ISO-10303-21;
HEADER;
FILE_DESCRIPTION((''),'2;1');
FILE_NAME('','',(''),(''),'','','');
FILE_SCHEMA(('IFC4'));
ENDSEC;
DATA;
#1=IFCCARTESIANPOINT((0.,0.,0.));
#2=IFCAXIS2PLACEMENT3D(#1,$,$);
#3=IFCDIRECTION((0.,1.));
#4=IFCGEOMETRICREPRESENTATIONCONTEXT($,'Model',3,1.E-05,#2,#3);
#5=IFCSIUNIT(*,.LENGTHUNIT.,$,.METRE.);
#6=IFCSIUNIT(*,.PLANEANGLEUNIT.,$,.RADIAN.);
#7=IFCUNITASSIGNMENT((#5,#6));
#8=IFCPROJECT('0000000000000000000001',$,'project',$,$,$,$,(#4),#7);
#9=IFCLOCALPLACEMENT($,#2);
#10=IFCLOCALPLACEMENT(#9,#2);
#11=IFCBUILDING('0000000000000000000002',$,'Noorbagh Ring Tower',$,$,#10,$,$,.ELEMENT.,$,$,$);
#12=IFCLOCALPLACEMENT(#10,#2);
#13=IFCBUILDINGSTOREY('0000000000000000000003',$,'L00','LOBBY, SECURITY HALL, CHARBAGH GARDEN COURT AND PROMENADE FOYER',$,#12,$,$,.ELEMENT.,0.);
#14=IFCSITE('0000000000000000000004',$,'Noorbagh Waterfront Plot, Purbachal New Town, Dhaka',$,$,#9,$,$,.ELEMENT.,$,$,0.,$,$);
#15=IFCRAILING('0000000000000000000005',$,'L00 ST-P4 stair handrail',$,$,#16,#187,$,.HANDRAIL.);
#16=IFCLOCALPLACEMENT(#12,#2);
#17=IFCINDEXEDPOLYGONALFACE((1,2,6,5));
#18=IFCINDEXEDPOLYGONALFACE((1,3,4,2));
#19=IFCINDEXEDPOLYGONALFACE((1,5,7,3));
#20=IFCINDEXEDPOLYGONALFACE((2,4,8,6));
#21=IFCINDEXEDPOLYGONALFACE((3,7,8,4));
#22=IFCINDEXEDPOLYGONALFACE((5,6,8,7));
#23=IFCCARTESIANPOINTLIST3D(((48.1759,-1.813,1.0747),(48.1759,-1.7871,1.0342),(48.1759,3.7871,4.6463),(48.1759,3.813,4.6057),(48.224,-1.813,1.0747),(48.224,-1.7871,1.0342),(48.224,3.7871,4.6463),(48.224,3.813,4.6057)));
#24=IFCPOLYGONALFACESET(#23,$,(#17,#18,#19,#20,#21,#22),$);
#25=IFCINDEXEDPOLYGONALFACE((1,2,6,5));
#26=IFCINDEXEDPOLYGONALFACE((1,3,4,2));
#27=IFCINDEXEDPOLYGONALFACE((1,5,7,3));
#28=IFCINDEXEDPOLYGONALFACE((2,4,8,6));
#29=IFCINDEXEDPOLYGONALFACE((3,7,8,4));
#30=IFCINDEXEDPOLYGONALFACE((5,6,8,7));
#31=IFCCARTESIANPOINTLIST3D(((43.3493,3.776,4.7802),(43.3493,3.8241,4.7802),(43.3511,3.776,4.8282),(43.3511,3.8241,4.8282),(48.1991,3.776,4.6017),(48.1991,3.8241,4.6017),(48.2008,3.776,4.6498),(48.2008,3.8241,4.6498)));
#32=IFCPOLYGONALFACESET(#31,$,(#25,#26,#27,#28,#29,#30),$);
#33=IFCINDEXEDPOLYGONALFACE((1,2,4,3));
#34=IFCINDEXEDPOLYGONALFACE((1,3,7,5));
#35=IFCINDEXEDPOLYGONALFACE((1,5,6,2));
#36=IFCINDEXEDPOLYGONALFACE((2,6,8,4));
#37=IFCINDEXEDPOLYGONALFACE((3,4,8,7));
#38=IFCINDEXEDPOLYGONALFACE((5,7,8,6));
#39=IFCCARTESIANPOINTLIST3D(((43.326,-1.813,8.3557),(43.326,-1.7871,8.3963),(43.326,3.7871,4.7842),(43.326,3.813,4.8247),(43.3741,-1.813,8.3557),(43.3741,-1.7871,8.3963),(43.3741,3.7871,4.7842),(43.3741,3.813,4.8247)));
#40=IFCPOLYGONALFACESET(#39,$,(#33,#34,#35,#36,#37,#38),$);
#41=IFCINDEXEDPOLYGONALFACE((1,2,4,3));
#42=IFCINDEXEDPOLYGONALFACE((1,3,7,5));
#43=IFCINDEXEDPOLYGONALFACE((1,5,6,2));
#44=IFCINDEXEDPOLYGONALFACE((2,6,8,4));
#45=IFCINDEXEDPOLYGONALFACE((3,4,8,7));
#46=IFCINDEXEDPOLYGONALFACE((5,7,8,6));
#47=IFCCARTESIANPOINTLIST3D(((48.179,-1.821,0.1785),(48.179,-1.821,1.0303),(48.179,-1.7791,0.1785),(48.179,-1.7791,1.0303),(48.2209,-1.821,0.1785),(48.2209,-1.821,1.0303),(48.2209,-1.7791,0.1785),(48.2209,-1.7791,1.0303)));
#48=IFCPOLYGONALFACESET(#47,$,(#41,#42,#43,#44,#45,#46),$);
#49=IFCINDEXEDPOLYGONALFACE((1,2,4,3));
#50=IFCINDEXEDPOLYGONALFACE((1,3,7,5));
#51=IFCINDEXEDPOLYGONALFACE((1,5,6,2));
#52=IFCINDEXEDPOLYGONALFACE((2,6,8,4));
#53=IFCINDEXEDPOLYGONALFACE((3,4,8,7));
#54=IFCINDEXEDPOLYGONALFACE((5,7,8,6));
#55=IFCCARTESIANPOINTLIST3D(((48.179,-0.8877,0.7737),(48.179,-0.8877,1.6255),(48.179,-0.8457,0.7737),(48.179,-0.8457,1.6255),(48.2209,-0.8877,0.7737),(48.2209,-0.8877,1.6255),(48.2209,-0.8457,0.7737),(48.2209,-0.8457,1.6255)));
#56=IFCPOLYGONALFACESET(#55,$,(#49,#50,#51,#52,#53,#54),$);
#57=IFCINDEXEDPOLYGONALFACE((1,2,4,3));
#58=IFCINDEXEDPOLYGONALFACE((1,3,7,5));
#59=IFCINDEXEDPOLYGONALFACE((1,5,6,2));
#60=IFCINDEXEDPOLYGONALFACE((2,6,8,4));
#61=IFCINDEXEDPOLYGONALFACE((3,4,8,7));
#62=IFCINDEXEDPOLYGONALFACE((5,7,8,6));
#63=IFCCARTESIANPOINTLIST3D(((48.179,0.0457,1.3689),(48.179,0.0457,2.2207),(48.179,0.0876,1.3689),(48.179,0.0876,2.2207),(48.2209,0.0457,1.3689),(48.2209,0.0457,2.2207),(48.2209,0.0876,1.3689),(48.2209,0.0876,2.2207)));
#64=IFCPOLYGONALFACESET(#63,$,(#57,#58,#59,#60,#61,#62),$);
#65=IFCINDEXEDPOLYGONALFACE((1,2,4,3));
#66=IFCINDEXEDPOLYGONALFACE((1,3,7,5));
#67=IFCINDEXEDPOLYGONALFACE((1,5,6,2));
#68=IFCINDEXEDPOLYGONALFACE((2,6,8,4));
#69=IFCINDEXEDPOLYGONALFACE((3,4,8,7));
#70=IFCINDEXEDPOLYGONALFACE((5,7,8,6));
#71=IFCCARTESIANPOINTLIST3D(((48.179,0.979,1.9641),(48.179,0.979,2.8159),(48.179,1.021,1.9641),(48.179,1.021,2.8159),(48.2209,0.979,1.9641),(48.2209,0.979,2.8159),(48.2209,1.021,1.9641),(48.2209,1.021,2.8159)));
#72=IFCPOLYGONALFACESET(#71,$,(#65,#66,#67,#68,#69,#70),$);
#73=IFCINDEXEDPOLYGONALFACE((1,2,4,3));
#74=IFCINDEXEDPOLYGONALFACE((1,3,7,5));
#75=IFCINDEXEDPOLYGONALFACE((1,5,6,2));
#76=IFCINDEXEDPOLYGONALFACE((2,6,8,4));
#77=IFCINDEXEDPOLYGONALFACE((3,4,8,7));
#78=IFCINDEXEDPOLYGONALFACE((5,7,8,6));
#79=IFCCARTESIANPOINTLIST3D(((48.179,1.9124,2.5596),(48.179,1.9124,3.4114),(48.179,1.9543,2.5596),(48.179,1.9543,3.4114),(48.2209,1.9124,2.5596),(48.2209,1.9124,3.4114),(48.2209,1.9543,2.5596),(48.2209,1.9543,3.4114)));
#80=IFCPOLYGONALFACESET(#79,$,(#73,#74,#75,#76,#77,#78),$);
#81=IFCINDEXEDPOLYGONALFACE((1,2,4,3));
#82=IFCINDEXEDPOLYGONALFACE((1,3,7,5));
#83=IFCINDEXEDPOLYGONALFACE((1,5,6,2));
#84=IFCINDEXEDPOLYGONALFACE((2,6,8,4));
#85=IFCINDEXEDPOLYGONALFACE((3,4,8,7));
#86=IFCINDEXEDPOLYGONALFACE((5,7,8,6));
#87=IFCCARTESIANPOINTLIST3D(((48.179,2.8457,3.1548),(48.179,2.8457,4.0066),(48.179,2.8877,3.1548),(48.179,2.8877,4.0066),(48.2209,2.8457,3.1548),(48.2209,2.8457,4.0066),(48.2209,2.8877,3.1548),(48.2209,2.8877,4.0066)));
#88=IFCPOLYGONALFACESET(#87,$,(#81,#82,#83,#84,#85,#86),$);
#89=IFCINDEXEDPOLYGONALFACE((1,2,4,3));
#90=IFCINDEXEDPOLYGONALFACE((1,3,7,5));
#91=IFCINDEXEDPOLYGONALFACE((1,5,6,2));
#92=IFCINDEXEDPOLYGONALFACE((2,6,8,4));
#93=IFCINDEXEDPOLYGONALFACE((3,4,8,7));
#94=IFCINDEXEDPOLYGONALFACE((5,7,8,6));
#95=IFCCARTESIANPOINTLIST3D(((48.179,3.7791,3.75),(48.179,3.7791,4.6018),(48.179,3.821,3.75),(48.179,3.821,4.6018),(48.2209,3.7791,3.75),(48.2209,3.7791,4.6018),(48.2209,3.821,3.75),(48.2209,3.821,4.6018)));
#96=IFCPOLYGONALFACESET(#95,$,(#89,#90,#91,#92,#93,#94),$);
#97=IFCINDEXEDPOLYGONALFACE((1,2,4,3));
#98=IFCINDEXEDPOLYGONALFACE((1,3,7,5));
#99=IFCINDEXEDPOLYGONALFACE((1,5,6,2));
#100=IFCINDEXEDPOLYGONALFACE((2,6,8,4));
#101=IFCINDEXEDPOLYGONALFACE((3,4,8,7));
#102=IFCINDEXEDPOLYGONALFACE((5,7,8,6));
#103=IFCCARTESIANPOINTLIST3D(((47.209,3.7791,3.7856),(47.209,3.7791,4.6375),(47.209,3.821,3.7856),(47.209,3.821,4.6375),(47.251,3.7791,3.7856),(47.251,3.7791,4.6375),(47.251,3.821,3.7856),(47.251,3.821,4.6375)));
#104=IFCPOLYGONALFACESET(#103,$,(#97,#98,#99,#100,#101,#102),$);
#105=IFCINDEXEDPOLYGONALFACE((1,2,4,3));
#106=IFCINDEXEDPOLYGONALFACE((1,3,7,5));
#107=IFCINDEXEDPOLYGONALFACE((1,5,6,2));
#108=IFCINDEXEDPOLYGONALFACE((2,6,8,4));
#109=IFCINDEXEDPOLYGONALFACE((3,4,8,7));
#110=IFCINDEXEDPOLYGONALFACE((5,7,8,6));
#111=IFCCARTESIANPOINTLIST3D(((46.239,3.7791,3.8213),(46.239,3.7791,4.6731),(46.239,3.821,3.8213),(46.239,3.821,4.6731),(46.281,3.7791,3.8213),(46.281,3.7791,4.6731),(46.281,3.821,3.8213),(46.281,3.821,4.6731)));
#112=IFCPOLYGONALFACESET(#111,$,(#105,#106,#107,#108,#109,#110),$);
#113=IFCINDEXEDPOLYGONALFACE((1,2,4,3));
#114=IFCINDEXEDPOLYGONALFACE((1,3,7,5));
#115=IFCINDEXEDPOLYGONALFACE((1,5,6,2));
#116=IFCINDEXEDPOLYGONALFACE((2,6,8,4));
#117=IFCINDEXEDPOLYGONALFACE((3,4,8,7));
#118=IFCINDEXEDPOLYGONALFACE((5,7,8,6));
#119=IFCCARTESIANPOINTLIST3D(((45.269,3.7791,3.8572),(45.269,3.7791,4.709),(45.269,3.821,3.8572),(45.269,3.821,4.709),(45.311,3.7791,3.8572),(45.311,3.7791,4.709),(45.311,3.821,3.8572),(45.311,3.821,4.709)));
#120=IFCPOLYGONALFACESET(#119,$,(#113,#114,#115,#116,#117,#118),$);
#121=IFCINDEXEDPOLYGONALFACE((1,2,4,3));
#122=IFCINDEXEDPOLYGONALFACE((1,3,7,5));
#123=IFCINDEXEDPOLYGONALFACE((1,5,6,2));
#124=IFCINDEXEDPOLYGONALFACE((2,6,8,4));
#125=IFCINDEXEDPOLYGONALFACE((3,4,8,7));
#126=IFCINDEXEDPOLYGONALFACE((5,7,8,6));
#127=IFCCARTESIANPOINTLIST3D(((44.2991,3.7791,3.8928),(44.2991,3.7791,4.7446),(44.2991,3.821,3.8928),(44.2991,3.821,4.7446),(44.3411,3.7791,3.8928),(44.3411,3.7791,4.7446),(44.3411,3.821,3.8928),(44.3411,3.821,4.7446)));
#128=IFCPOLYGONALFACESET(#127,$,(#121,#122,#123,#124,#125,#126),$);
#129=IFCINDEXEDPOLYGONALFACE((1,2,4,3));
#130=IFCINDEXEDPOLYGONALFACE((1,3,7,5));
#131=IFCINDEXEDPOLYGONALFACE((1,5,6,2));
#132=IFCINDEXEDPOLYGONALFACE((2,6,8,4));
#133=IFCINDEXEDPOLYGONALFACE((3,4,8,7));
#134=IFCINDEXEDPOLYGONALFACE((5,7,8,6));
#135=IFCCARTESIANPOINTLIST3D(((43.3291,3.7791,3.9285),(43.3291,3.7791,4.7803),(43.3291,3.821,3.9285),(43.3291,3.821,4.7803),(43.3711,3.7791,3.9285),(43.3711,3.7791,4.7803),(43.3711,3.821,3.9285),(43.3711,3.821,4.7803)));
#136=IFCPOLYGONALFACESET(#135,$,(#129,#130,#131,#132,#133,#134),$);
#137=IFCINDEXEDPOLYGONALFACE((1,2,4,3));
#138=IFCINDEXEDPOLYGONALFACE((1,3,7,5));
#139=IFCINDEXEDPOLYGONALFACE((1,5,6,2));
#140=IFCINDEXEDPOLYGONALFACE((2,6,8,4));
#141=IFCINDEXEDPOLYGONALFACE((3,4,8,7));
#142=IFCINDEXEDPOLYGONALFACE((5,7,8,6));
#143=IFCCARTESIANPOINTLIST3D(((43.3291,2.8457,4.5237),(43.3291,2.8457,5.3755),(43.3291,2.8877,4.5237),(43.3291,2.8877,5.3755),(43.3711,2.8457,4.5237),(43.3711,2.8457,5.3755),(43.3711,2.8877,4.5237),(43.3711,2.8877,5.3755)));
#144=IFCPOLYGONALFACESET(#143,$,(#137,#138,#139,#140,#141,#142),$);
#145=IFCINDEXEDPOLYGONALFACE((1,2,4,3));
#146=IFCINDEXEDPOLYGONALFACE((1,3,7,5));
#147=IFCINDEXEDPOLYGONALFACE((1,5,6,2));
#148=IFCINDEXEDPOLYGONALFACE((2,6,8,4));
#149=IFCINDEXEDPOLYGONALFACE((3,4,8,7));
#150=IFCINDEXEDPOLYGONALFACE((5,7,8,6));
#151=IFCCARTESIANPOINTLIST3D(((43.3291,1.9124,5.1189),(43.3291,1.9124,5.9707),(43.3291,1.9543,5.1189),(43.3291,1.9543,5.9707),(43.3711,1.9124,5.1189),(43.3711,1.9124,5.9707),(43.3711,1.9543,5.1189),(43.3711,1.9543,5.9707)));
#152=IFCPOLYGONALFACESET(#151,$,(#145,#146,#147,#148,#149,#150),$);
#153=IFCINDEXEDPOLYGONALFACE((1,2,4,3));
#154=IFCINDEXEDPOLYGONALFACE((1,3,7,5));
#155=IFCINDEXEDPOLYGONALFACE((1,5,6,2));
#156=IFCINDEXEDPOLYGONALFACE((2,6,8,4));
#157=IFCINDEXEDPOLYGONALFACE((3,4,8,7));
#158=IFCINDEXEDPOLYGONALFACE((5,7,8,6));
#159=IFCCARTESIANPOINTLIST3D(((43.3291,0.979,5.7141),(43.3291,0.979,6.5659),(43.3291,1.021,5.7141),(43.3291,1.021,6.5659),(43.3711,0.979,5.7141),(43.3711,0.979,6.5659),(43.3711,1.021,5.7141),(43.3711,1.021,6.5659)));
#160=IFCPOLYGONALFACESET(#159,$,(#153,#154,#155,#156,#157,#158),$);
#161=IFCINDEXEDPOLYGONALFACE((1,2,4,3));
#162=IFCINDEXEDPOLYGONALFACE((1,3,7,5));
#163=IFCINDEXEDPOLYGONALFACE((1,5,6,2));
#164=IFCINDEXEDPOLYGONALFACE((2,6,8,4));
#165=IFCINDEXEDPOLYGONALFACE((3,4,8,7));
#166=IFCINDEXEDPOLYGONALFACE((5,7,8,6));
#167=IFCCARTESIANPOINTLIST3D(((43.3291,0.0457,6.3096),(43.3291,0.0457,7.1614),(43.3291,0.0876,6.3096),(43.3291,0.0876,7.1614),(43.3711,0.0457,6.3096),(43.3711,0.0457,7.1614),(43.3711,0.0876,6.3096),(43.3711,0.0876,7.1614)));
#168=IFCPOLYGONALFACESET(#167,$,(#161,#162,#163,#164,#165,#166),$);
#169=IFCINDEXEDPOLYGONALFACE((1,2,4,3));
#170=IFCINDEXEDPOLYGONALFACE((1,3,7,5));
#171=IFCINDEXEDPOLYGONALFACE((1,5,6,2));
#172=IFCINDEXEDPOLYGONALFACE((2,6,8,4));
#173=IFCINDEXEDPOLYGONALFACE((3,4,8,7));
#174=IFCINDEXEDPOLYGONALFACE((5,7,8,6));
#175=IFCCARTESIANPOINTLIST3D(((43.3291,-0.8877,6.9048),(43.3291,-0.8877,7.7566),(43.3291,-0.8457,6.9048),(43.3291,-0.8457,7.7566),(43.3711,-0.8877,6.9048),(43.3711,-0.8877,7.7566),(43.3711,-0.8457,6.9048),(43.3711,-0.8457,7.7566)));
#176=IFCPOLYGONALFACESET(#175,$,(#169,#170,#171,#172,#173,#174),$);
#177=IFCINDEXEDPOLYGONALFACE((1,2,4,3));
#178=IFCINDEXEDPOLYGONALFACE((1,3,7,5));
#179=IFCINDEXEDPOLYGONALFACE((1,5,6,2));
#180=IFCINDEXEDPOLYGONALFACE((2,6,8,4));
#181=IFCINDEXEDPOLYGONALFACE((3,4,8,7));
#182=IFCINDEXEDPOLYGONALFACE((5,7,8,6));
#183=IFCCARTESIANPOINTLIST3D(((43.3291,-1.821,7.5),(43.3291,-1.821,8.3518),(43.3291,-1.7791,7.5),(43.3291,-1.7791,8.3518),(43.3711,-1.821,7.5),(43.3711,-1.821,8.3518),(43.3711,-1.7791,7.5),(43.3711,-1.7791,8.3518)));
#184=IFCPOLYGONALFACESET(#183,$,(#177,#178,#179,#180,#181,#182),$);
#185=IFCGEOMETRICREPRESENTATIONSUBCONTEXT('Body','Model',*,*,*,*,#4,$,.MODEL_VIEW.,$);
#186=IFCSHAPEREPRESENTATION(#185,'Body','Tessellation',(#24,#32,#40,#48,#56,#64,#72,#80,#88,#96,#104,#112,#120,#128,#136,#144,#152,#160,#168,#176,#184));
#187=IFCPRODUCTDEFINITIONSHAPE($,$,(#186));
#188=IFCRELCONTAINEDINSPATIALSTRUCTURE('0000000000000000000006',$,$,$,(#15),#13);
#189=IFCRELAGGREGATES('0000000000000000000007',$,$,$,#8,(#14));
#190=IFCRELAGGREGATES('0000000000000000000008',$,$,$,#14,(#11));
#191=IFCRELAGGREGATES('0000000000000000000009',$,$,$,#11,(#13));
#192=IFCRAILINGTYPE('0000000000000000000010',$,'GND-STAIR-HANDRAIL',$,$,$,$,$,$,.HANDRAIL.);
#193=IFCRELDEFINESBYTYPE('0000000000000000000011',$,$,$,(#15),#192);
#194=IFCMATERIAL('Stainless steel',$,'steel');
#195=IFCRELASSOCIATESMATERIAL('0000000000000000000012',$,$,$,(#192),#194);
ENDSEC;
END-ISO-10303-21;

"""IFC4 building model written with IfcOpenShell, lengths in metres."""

from ifc_helpers import new_model, si_unit, direction, frame, origin, origin_2d, place, context, subcontext, project, spatial, rectangle, extrude, material, type_object, element, save


model = new_model("IFC4")

# Units and contexts
model_context = context("Model", 3, precision=1e-05, world=origin(), true_north=direction((0.0, 1.0)))
body_context = subcontext(model_context, "Body", "Model", "MODEL_VIEW")
ifc_project = project(units=[si_unit("LENGTHUNIT", "METRE"), si_unit("PLANEANGLEUNIT", "RADIAN")], contexts=[model_context])

# Site, building, storey
site_placement = place(None, origin())
site = spatial("IfcSite", under=ifc_project, at=site_placement, Name="Noorbagh Waterfront Plot, Purbachal New Town, Dhaka", CompositionType="ELEMENT", RefElevation=0.0)
building_placement = place(site_placement, origin())
building = spatial("IfcBuilding", under=site, at=building_placement, Name="Noorbagh Ring Tower", CompositionType="ELEMENT")
storey_placement = place(building_placement, origin())
storey = spatial("IfcBuildingStorey", under=building, at=storey_placement, Name="L00", Description="LOBBY, SECURITY HALL, CHARBAGH GARDEN COURT AND PROMENADE FOYER", CompositionType="ELEMENT", Elevation=0.0)

# Railing
ifc_material_1 = material(Name="Stainless steel", Category="steel")
railing_type_1 = type_object("IfcRailingType", Name="GND-STAIR-HANDRAIL", PredefinedType="HANDRAIL", material=ifc_material_1)
railing_1_placement = place(storey_placement, frame((48.2, -1.8, 0.1785)))
element("IfcRailing", 1, at=railing_1_placement, inside=storey, type_object=railing_type_1, Name="L00 ST-P4 stair handrail", PredefinedType="HANDRAIL", context=body_context, shape_type="SweptSolid", body=[
    extrude(rectangle(XDim=0.0481, YDim=0.0481, at=origin_2d()), frame((0.0, 0.0, 0.876), z_axis=(0.0, 0.843127, 0.537715), x_axis=(-1.0, 0.0, 0.0)), (0.0, 0.0, 1.0), 6.6421),
    extrude(rectangle(XDim=0.0481, YDim=0.0481, at=origin_2d()), frame((0.0, 5.6001, 4.4473), z_axis=(-0.999324, 0.0, 0.036773), x_axis=(0.0, -1.0, 0.0)), (0.0, 0.0, 1.0), 4.853),
    extrude(rectangle(XDim=0.0481, YDim=0.0481, at=origin_2d()), frame((-4.8499, 5.6001, 4.626), z_axis=(0.0, -0.843127, 0.537715), x_axis=(1.0, 0.0, 0.0)), (0.0, 0.0, 1.0), 6.6421),
    extrude(rectangle(XDim=0.042, YDim=0.042, at=origin_2d()), origin(), (0.0, 0.0, 1.0), 0.8518),
    extrude(rectangle(XDim=0.042, YDim=0.042, at=origin_2d()), frame((0.0, 0.9333, 0.5952)), (0.0, 0.0, 1.0), 0.8518),
    extrude(rectangle(XDim=0.042, YDim=0.042, at=origin_2d()), frame((0.0, 1.8667, 1.1904)), (0.0, 0.0, 1.0), 0.8518),
    extrude(rectangle(XDim=0.042, YDim=0.042, at=origin_2d()), frame((0.0, 2.8, 1.7856)), (0.0, 0.0, 1.0), 0.8518),
    extrude(rectangle(XDim=0.042, YDim=0.042, at=origin_2d()), frame((0.0, 3.7334, 2.3811)), (0.0, 0.0, 1.0), 0.8518),
    extrude(rectangle(XDim=0.042, YDim=0.042, at=origin_2d()), frame((0.0, 4.6667, 2.9763)), (0.0, 0.0, 1.0), 0.8518),
    extrude(rectangle(XDim=0.042, YDim=0.042, at=origin_2d()), frame((0.0, 5.6001, 3.5715)), (0.0, 0.0, 1.0), 0.8518),
    extrude(rectangle(XDim=0.042, YDim=0.042, at=origin_2d()), frame((-0.97, 5.6001, 3.6072)), (0.0, 0.0, 1.0), 0.8518),
    extrude(rectangle(XDim=0.042, YDim=0.042, at=origin_2d()), frame((-1.9399, 5.6001, 3.6428)), (0.0, 0.0, 1.0), 0.8518),
    extrude(rectangle(XDim=0.042, YDim=0.042, at=origin_2d()), frame((-2.9099, 5.6001, 3.6787)), (0.0, 0.0, 1.0), 0.8518),
    extrude(rectangle(XDim=0.042, YDim=0.042, at=origin_2d()), frame((-3.8799, 5.6001, 3.7144)), (0.0, 0.0, 1.0), 0.8518),
    extrude(rectangle(XDim=0.042, YDim=0.042, at=origin_2d()), frame((-4.8499, 5.6001, 3.75)), (0.0, 0.0, 1.0), 0.8518),
    extrude(rectangle(XDim=0.042, YDim=0.042, at=origin_2d()), frame((-4.8499, 4.6667, 4.3452)), (0.0, 0.0, 1.0), 0.8518),
    extrude(rectangle(XDim=0.042, YDim=0.042, at=origin_2d()), frame((-4.8499, 3.7334, 4.9404)), (0.0, 0.0, 1.0), 0.8518),
    extrude(rectangle(XDim=0.042, YDim=0.042, at=origin_2d()), frame((-4.8499, 2.8, 5.5356)), (0.0, 0.0, 1.0), 0.8518),
    extrude(rectangle(XDim=0.042, YDim=0.042, at=origin_2d()), frame((-4.8499, 1.8667, 6.1311)), (0.0, 0.0, 1.0), 0.8518),
    extrude(rectangle(XDim=0.042, YDim=0.042, at=origin_2d()), frame((-4.8499, 0.9333, 6.7263)), (0.0, 0.0, 1.0), 0.8518),
    extrude(rectangle(XDim=0.042, YDim=0.042, at=origin_2d()), frame((-4.8499, 0.0, 7.3215)), (0.0, 0.0, 1.0), 0.8518),
])

save(model, "model.ifc")
